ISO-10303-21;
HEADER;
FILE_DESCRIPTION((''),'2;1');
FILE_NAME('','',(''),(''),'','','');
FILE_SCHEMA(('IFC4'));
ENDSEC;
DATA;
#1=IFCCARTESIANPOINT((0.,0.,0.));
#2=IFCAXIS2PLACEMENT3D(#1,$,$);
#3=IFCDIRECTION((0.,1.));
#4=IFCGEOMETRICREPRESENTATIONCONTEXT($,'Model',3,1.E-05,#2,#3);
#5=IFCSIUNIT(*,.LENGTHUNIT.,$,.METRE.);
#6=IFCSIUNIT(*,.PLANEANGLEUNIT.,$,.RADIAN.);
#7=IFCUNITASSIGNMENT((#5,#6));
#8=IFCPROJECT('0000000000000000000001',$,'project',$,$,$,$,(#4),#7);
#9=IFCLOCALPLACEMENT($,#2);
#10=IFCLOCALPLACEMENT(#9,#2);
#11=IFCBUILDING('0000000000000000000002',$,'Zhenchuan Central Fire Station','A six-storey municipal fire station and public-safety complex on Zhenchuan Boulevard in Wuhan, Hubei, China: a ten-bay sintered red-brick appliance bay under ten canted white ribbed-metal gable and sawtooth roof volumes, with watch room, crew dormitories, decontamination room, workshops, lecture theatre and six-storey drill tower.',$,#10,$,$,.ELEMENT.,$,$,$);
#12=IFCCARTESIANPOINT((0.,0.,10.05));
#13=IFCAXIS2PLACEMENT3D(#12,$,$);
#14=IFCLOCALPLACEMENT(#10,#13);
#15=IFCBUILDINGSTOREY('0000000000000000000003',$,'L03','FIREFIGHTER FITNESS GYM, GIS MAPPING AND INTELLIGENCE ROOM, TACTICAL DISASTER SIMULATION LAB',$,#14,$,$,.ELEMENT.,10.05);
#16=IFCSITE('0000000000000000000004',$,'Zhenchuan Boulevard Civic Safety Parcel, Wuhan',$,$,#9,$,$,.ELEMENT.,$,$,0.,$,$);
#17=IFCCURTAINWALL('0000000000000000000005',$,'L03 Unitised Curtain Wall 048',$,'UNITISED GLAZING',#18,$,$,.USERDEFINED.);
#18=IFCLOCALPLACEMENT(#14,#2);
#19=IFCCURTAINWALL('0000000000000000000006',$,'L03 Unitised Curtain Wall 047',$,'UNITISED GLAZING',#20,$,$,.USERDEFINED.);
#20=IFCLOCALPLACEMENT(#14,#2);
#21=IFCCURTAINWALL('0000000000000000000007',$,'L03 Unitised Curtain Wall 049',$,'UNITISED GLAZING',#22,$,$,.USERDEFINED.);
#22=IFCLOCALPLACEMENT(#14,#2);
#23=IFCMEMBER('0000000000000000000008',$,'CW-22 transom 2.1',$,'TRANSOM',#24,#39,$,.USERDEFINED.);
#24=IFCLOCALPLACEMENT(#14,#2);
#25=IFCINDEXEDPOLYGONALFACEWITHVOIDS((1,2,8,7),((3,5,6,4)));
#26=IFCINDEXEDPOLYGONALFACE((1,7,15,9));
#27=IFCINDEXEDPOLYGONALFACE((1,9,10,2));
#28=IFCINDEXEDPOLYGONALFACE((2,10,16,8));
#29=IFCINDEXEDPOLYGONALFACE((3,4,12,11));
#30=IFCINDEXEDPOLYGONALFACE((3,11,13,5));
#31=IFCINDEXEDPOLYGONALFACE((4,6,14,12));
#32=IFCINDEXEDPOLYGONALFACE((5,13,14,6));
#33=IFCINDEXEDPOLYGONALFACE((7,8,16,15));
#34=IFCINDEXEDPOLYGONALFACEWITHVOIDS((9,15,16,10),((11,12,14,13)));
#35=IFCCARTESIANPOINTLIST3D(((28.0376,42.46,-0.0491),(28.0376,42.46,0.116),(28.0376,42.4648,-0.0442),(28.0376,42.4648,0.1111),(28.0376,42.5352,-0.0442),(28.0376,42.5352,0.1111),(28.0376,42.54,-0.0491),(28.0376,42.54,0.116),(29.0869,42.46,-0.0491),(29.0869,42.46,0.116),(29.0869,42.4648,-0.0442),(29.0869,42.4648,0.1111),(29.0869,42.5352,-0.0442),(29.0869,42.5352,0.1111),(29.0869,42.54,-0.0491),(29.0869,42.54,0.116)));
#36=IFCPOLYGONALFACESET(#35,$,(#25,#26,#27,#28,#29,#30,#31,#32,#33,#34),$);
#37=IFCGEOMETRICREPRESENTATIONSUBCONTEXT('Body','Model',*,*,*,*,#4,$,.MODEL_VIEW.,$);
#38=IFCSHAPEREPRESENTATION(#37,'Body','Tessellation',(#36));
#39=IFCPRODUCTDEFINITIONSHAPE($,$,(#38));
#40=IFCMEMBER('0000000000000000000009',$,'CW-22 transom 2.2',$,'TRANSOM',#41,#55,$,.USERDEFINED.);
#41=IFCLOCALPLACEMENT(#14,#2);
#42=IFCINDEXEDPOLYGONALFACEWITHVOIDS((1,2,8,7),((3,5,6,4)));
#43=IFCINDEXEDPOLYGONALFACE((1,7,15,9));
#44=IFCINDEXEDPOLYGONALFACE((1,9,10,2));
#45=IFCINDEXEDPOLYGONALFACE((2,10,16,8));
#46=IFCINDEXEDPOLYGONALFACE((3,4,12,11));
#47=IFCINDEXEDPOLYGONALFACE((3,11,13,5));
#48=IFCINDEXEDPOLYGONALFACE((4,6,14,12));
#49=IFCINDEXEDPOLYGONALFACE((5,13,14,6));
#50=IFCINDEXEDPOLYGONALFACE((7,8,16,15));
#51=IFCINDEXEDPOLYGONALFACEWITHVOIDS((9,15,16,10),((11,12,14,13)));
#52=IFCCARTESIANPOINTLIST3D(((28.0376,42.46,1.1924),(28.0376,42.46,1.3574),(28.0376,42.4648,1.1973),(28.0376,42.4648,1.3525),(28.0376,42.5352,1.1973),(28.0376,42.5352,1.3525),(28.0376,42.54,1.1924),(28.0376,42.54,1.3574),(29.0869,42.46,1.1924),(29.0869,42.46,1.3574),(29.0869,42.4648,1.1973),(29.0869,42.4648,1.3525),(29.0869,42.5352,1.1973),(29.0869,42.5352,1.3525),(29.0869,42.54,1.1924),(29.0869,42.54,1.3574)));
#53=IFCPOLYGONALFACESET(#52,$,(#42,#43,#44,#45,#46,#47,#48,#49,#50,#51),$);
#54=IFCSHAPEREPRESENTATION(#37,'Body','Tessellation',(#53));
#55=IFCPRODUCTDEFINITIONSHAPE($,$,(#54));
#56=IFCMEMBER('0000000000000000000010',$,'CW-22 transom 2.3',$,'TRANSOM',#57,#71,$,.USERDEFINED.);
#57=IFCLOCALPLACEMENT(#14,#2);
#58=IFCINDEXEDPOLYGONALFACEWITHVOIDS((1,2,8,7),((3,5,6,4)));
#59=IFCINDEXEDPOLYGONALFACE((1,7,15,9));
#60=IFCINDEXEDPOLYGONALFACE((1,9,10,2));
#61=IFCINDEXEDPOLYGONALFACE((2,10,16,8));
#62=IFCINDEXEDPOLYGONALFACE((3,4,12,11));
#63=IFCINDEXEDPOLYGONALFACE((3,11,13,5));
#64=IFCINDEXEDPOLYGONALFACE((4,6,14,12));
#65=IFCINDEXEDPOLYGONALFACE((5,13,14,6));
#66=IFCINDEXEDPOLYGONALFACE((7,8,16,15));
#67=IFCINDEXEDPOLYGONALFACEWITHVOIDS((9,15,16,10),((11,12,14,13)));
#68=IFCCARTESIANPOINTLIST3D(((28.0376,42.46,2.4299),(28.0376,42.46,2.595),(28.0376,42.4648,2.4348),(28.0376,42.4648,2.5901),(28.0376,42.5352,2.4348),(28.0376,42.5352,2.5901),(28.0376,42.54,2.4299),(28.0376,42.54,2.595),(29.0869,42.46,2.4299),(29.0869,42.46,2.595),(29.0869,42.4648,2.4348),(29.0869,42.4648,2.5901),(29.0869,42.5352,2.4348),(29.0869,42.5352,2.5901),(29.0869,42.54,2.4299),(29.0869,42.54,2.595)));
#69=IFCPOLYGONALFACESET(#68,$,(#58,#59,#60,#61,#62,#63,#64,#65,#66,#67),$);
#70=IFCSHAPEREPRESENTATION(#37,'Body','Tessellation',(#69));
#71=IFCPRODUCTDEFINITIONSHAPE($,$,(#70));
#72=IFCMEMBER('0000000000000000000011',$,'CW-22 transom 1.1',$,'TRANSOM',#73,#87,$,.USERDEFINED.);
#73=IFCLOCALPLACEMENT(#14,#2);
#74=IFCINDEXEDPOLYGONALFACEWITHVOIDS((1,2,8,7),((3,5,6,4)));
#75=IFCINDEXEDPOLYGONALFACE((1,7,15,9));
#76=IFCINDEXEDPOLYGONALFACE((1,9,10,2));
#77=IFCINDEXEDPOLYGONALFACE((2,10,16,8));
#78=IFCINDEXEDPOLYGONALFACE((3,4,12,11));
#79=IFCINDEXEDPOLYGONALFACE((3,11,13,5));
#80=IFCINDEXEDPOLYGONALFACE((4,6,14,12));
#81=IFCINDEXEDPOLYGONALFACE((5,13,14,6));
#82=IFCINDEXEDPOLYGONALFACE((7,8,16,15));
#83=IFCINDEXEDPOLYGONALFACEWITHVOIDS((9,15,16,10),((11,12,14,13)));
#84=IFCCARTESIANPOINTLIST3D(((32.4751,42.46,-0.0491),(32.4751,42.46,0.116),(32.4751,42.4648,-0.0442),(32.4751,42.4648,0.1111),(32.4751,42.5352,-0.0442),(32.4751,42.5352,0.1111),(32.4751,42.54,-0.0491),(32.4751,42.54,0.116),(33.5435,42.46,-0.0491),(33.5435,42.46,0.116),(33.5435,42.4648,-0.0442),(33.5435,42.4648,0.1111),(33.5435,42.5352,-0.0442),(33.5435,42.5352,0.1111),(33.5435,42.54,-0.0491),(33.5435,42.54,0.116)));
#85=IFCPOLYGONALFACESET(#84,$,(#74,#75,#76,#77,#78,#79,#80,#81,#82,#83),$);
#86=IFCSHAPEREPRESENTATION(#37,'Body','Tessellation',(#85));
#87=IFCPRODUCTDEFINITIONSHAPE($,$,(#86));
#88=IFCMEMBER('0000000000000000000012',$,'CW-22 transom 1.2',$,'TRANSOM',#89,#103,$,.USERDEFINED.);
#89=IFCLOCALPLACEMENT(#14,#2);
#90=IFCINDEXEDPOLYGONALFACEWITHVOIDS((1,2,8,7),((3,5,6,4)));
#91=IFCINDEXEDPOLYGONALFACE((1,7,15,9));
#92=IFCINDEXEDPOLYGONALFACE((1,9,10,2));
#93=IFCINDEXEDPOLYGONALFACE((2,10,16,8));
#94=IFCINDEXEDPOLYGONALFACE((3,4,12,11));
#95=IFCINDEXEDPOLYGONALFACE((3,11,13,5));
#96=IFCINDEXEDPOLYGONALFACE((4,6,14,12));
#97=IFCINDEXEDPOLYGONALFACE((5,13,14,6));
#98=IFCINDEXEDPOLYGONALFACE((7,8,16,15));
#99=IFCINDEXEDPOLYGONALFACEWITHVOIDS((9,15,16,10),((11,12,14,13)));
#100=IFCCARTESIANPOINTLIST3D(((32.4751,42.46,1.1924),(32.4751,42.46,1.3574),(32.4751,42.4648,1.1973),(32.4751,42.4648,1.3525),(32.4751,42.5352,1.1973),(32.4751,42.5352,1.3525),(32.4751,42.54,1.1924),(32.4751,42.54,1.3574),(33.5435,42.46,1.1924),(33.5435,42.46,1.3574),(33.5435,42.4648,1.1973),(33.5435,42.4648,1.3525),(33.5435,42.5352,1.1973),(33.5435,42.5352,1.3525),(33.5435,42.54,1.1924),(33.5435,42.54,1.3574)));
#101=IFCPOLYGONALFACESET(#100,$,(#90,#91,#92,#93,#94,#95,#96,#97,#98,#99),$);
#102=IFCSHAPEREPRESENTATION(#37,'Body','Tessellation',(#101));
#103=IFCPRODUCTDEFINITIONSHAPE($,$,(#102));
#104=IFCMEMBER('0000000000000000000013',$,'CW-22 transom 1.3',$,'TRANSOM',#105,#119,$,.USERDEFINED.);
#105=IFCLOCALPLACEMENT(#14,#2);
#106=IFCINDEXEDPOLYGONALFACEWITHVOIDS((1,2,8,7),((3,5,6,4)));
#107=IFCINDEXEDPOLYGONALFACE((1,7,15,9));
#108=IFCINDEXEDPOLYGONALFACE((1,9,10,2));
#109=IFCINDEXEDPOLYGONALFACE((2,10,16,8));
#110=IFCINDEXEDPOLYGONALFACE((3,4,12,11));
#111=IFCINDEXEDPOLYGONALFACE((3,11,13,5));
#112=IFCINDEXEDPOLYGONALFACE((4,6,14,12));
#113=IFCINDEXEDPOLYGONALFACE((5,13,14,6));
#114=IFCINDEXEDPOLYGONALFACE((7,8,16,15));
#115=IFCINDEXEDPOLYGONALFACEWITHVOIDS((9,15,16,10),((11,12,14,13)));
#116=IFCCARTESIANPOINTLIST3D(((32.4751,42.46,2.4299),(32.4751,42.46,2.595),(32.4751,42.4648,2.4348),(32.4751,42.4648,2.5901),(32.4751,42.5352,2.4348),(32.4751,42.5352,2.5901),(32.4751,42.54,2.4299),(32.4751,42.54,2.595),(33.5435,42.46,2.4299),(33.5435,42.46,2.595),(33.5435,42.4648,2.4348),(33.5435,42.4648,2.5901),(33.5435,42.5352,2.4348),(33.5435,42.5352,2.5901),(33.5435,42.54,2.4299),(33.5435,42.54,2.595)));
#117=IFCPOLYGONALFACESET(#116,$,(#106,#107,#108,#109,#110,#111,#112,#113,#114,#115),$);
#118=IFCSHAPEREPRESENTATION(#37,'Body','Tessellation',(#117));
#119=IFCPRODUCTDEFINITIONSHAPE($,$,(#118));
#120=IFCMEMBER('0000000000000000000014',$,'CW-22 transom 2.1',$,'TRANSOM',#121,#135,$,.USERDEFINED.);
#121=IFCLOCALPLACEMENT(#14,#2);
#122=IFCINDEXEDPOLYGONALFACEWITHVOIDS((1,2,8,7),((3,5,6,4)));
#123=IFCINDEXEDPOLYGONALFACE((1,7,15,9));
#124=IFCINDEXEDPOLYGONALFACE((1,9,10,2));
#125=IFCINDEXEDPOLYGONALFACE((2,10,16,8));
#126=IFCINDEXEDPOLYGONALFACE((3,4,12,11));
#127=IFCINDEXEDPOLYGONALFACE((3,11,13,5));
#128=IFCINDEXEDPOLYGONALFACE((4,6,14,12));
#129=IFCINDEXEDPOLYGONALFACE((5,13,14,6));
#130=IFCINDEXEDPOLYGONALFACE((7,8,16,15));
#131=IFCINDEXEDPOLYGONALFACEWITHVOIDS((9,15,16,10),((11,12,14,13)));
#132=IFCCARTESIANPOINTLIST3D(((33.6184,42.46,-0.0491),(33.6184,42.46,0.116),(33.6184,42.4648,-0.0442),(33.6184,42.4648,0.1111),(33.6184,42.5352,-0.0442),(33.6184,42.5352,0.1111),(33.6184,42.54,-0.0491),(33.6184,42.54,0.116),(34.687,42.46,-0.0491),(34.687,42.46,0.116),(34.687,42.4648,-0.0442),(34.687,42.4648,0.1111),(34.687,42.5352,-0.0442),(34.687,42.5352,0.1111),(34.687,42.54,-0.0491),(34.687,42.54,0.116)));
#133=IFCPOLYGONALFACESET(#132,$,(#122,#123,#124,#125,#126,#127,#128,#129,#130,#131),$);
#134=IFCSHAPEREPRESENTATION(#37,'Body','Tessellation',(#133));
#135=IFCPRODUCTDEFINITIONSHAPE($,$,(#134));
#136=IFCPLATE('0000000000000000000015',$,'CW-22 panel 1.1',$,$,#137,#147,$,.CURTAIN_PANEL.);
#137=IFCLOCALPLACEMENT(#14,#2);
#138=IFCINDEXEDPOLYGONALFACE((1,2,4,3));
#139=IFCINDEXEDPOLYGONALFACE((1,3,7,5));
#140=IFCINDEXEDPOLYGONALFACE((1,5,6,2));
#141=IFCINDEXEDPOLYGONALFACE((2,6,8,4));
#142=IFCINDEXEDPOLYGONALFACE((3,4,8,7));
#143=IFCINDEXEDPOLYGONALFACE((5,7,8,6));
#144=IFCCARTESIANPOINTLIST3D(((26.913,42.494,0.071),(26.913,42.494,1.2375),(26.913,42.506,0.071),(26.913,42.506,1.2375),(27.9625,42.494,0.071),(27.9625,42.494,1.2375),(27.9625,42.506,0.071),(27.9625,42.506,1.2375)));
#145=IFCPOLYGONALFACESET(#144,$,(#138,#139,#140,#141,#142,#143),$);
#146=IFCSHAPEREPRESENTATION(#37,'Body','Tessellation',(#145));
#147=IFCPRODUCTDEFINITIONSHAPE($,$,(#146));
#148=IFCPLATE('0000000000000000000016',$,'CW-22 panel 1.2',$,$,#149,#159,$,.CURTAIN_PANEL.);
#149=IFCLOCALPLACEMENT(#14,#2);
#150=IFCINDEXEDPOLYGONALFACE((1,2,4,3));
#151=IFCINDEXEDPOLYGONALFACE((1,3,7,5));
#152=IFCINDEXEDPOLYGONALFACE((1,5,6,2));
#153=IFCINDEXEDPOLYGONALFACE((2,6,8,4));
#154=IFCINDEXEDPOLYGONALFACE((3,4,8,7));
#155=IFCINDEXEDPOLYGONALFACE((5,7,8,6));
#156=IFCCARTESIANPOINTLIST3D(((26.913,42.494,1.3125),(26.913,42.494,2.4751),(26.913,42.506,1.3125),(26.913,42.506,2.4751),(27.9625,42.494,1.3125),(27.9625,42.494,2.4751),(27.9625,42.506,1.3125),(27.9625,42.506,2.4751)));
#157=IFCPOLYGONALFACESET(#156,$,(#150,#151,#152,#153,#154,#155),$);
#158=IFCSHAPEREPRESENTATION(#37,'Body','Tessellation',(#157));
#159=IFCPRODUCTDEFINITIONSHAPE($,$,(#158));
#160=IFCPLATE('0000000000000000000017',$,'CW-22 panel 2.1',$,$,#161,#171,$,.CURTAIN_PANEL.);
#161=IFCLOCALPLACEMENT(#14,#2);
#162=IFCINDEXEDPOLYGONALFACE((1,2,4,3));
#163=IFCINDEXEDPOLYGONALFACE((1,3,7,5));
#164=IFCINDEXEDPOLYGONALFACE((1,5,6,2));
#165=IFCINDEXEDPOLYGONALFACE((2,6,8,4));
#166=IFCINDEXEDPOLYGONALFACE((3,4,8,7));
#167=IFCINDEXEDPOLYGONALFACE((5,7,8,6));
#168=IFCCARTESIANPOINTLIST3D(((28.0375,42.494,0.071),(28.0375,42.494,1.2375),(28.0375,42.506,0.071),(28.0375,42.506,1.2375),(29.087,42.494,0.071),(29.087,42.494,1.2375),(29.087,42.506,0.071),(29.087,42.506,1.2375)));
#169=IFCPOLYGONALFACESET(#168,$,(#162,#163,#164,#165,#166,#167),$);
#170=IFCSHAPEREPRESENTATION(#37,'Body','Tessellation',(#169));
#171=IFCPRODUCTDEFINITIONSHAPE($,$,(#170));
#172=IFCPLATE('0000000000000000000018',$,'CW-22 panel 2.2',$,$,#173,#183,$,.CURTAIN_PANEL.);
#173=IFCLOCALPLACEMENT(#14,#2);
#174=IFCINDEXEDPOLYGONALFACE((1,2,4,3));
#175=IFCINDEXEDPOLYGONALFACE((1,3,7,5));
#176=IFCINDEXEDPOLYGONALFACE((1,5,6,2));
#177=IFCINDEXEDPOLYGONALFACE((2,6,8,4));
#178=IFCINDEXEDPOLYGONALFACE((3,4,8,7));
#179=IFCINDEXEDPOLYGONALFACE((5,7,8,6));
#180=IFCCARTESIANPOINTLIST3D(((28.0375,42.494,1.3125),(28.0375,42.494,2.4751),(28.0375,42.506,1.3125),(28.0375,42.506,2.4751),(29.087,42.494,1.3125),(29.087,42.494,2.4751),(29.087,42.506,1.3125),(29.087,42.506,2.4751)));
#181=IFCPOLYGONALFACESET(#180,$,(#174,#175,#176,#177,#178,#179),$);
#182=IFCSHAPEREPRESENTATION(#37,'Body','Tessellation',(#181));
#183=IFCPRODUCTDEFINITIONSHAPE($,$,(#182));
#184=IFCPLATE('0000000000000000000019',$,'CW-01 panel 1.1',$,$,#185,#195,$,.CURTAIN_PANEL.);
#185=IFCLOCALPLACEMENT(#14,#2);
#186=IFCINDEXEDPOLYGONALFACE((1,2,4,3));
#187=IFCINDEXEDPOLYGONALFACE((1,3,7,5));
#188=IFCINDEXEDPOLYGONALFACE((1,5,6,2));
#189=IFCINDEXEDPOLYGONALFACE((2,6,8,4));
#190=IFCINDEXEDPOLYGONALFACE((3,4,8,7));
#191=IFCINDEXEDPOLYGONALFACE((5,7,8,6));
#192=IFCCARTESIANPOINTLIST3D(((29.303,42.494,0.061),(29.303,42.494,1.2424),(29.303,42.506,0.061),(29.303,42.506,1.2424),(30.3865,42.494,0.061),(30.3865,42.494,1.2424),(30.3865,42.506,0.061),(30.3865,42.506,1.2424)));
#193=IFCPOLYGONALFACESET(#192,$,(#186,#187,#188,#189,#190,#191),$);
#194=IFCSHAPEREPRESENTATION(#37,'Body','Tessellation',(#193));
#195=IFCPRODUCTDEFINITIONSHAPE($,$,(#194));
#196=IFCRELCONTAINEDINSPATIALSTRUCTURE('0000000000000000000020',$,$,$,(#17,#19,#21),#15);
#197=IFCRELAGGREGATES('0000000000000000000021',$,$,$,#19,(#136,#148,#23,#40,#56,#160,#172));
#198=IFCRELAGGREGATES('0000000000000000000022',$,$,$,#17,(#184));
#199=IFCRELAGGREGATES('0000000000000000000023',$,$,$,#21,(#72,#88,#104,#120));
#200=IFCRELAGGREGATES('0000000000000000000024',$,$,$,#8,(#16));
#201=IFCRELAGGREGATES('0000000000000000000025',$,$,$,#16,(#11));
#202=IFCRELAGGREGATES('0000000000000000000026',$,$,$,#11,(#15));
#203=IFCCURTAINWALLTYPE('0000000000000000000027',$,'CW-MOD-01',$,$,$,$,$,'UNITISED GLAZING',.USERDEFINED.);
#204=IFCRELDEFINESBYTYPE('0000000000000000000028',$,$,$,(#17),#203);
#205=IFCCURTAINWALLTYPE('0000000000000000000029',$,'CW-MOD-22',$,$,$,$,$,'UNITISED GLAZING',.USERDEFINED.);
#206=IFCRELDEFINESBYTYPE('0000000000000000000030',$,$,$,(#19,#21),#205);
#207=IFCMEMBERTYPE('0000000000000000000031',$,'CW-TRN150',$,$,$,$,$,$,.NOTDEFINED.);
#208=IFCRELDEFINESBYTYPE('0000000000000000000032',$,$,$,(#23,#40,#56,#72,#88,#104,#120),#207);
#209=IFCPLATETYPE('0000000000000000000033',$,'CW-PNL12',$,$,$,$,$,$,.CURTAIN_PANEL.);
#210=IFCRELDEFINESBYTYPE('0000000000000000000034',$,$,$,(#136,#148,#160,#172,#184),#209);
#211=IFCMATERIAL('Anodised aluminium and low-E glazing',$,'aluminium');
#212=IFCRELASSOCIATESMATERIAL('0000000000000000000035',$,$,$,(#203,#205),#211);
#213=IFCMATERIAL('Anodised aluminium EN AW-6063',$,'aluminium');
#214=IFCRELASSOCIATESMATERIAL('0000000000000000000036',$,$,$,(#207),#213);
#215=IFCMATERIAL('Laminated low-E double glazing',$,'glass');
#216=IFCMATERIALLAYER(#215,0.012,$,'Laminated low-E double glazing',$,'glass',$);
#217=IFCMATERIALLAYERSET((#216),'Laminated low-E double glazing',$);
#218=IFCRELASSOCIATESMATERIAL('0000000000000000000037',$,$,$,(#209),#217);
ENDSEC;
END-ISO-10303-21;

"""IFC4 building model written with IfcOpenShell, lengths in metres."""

from ifc_helpers import new_model, si_unit, direction, frame, origin, origin_2d, place, context, subcontext, project, spatial, rectangle, hollow_rectangle, extrude, material, layer, layer_set, material_profile, profile_set, type_object, element, aggregate, save


model = new_model("IFC4")

# Units and contexts
model_context = context("Model", 3, precision=1e-05, world=origin(), true_north=direction((0.0, 1.0)))
body_context = subcontext(model_context, "Body", "Model", "MODEL_VIEW")
ifc_project = project(units=[si_unit("LENGTHUNIT", "METRE"), si_unit("PLANEANGLEUNIT", "RADIAN")], contexts=[model_context])

# Site, building, storey
site_placement = place(None, origin())
site = spatial("IfcSite", under=ifc_project, at=site_placement, Name="Zhenchuan Boulevard Civic Safety Parcel, Wuhan", CompositionType="ELEMENT", RefElevation=0.0)
building_placement = place(site_placement, origin())
building = spatial("IfcBuilding", under=site, at=building_placement, Name="Zhenchuan Central Fire Station", Description="A six-storey municipal fire station and public-safety complex on Zhenchuan Boulevard in Wuhan, Hubei, China: a ten-bay sintered red-brick appliance bay under ten canted white ribbed-metal gable and sawtooth roof volumes, with watch room, crew dormitories, decontamination room, workshops, lecture theatre and six-storey drill tower.", CompositionType="ELEMENT")
storey_placement = place(building_placement, frame((0.0, 0.0, 10.05)))
storey = spatial("IfcBuildingStorey", under=building, at=storey_placement, Name="L03", Description="FIREFIGHTER FITNESS GYM, GIS MAPPING AND INTELLIGENCE ROOM, TACTICAL DISASTER SIMULATION LAB", CompositionType="ELEMENT", Elevation=10.05)

# Curtain walls
ifc_material_1 = material(Name="Anodised aluminium and low-E glazing", Category="aluminium")
curtain_wall_type_1 = type_object("IfcCurtainWallType", Name="CW-MOD-01", ElementType="UNITISED GLAZING", PredefinedType="USERDEFINED", material=ifc_material_1)
curtain_wall_1_placement = place(storey_placement, origin())
curtain_wall_1 = element("IfcCurtainWall", 1, at=curtain_wall_1_placement, inside=storey, type_object=curtain_wall_type_1, Name="L03 Unitised Curtain Wall 048", ObjectType="UNITISED GLAZING", PredefinedType="USERDEFINED")
ifc_material_2 = material(Name="Anodised aluminium EN AW-6063", Category="aluminium")
curtain_wall_type_2 = type_object("IfcCurtainWallType", Name="CW-MOD-22", ElementType="UNITISED GLAZING", PredefinedType="USERDEFINED", material=ifc_material_1)
curtain_wall_2_placement = place(storey_placement, origin())
curtain_wall_2 = element("IfcCurtainWall", 2, at=curtain_wall_2_placement, inside=storey, type_object=curtain_wall_type_2, Name="L03 Unitised Curtain Wall 047", ObjectType="UNITISED GLAZING", PredefinedType="USERDEFINED")
curtain_wall_3_placement = place(storey_placement, origin())
curtain_wall_3 = element("IfcCurtainWall", 3, at=curtain_wall_3_placement, inside=storey, type_object=curtain_wall_type_2, Name="L03 Unitised Curtain Wall 049", ObjectType="UNITISED GLAZING", PredefinedType="USERDEFINED")

# Members
ifc_material_profile_1 = material_profile(ifc_material_2, hollow_rectangle(XDim=0.0801, YDim=0.165, WallThickness=0.0049, at=origin_2d()), Name="ALU-T 165x80")
ifc_profile_set_1 = profile_set([ifc_material_profile_1], Name="Anodised aluminium EN AW-6063")
member_type_1 = type_object("IfcMemberType", Name="CW-TRN150", PredefinedType="NOTDEFINED", material=ifc_profile_set_1)
member_1_placement = place(storey_placement, frame((28.0376, 42.5, 0.0334), z_axis=(1.0, 0.0, 0.0), x_axis=(0.0, 1.0, 0.0)))
member_1 = element("IfcMember", 4, at=member_1_placement, type_object=member_type_1, Name="CW-22 transom 2.1", ObjectType="TRANSOM", PredefinedType="USERDEFINED", context=body_context, shape_type="SweptSolid", body=[
    extrude(hollow_rectangle(XDim=0.0801, YDim=0.165, WallThickness=0.0049, at=origin_2d()), origin(), (0.0, 0.0, 1.0), 1.0493),
])
member_2_placement = place(storey_placement, frame((28.0376, 42.5, 1.2749), z_axis=(1.0, 0.0, 0.0), x_axis=(0.0, 1.0, 0.0)))
member_2 = element("IfcMember", 5, at=member_2_placement, type_object=member_type_1, Name="CW-22 transom 2.2", ObjectType="TRANSOM", PredefinedType="USERDEFINED", context=body_context, shape_type="SweptSolid", body=[
    extrude(hollow_rectangle(XDim=0.0801, YDim=0.165, WallThickness=0.0049, at=origin_2d()), origin(), (0.0, 0.0, 1.0), 1.0493),
])
member_3_placement = place(storey_placement, frame((28.0376, 42.5, 2.5125), z_axis=(1.0, 0.0, 0.0), x_axis=(0.0, 1.0, 0.0)))
member_3 = element("IfcMember", 6, at=member_3_placement, type_object=member_type_1, Name="CW-22 transom 2.3", ObjectType="TRANSOM", PredefinedType="USERDEFINED", context=body_context, shape_type="SweptSolid", body=[
    extrude(hollow_rectangle(XDim=0.0801, YDim=0.165, WallThickness=0.0049, at=origin_2d()), origin(), (0.0, 0.0, 1.0), 1.0493),
])
member_4_placement = place(storey_placement, frame((32.4751, 42.5, 0.0334), z_axis=(1.0, 0.0, 0.0), x_axis=(0.0, 1.0, 0.0)))
member_4 = element("IfcMember", 7, at=member_4_placement, type_object=member_type_1, Name="CW-22 transom 1.1", ObjectType="TRANSOM", PredefinedType="USERDEFINED", context=body_context, shape_type="SweptSolid", body=[
    extrude(hollow_rectangle(XDim=0.0801, YDim=0.165, WallThickness=0.0049, at=origin_2d()), origin(), (0.0, 0.0, 1.0), 1.0684),
])
member_5_placement = place(storey_placement, frame((32.4751, 42.5, 1.2749), z_axis=(1.0, 0.0, 0.0), x_axis=(0.0, 1.0, 0.0)))
member_5 = element("IfcMember", 8, at=member_5_placement, type_object=member_type_1, Name="CW-22 transom 1.2", ObjectType="TRANSOM", PredefinedType="USERDEFINED", context=body_context, shape_type="SweptSolid", body=[
    extrude(hollow_rectangle(XDim=0.0801, YDim=0.165, WallThickness=0.0049, at=origin_2d()), origin(), (0.0, 0.0, 1.0), 1.0684),
])
member_6_placement = place(storey_placement, frame((32.4751, 42.5, 2.5125), z_axis=(1.0, 0.0, 0.0), x_axis=(0.0, 1.0, 0.0)))
member_6 = element("IfcMember", 9, at=member_6_placement, type_object=member_type_1, Name="CW-22 transom 1.3", ObjectType="TRANSOM", PredefinedType="USERDEFINED", context=body_context, shape_type="SweptSolid", body=[
    extrude(hollow_rectangle(XDim=0.0801, YDim=0.165, WallThickness=0.0049, at=origin_2d()), origin(), (0.0, 0.0, 1.0), 1.0684),
])
member_7_placement = place(storey_placement, frame((33.6184, 42.5, 0.0334), z_axis=(1.0, 0.0, 0.0), x_axis=(0.0, 1.0, 0.0)))
member_7 = element("IfcMember", 10, at=member_7_placement, type_object=member_type_1, Name="CW-22 transom 2.1", ObjectType="TRANSOM", PredefinedType="USERDEFINED", context=body_context, shape_type="SweptSolid", body=[
    extrude(hollow_rectangle(XDim=0.0801, YDim=0.165, WallThickness=0.0049, at=origin_2d()), origin(), (0.0, 0.0, 1.0), 1.0686),
])

# Plates
ifc_material_3 = material(Name="Laminated low-E double glazing", Category="glass")
ifc_layer = layer(ifc_material_3, 0.012, Name="Laminated low-E double glazing", Category="glass")
ifc_layer_set = layer_set([ifc_layer], Name="Laminated low-E double glazing")
plate_type = type_object("IfcPlateType", Name="CW-PNL12", PredefinedType="CURTAIN_PANEL", material=ifc_layer_set)
plate_1_placement = place(storey_placement, frame((27.4377, 42.5, 0.071), z_axis=(0.0, 0.0, 1.0), x_axis=(1.0, 0.0, 0.0)))
plate_1 = element("IfcPlate", 11, at=plate_1_placement, type_object=plate_type, Name="CW-22 panel 1.1", PredefinedType="CURTAIN_PANEL", context=body_context, shape_type="SweptSolid", body=[
    extrude(rectangle(XDim=1.0496, YDim=0.012, at=origin_2d()), origin(), (0.0, 0.0, 1.0), 1.1665),
])
plate_2_placement = place(storey_placement, frame((27.4377, 42.5, 1.3125), z_axis=(0.0, 0.0, 1.0), x_axis=(1.0, 0.0, 0.0)))
plate_2 = element("IfcPlate", 12, at=plate_2_placement, type_object=plate_type, Name="CW-22 panel 1.2", PredefinedType="CURTAIN_PANEL", context=body_context, shape_type="SweptSolid", body=[
    extrude(rectangle(XDim=1.0496, YDim=0.012, at=origin_2d()), origin(), (0.0, 0.0, 1.0), 1.1626),
])
plate_3_placement = place(storey_placement, frame((28.5623, 42.5, 0.071), z_axis=(0.0, 0.0, 1.0), x_axis=(1.0, 0.0, 0.0)))
plate_3 = element("IfcPlate", 13, at=plate_3_placement, type_object=plate_type, Name="CW-22 panel 2.1", PredefinedType="CURTAIN_PANEL", context=body_context, shape_type="SweptSolid", body=[
    extrude(rectangle(XDim=1.0496, YDim=0.012, at=origin_2d()), origin(), (0.0, 0.0, 1.0), 1.1665),
])
plate_4_placement = place(storey_placement, frame((28.5623, 42.5, 1.3125), z_axis=(0.0, 0.0, 1.0), x_axis=(1.0, 0.0, 0.0)))
plate_4 = element("IfcPlate", 14, at=plate_4_placement, type_object=plate_type, Name="CW-22 panel 2.2", PredefinedType="CURTAIN_PANEL", context=body_context, shape_type="SweptSolid", body=[
    extrude(rectangle(XDim=1.0496, YDim=0.012, at=origin_2d()), origin(), (0.0, 0.0, 1.0), 1.1626),
])
aggregate(curtain_wall_2, [plate_1, plate_2, member_1, member_2, member_3, plate_3, plate_4])
plate_5_placement = place(storey_placement, frame((29.8447, 42.5, 0.061), z_axis=(0.0, 0.0, 1.0), x_axis=(1.0, 0.0, 0.0)))
plate_5 = element("IfcPlate", 15, at=plate_5_placement, type_object=plate_type, Name="CW-01 panel 1.1", PredefinedType="CURTAIN_PANEL", context=body_context, shape_type="SweptSolid", body=[
    extrude(rectangle(XDim=1.0835, YDim=0.012, at=origin_2d()), origin(), (0.0, 0.0, 1.0), 1.1814),
])
aggregate(curtain_wall_1, [plate_5])
aggregate(curtain_wall_3, [member_4, member_5, member_6, member_7])

save(model, "model.ifc")
